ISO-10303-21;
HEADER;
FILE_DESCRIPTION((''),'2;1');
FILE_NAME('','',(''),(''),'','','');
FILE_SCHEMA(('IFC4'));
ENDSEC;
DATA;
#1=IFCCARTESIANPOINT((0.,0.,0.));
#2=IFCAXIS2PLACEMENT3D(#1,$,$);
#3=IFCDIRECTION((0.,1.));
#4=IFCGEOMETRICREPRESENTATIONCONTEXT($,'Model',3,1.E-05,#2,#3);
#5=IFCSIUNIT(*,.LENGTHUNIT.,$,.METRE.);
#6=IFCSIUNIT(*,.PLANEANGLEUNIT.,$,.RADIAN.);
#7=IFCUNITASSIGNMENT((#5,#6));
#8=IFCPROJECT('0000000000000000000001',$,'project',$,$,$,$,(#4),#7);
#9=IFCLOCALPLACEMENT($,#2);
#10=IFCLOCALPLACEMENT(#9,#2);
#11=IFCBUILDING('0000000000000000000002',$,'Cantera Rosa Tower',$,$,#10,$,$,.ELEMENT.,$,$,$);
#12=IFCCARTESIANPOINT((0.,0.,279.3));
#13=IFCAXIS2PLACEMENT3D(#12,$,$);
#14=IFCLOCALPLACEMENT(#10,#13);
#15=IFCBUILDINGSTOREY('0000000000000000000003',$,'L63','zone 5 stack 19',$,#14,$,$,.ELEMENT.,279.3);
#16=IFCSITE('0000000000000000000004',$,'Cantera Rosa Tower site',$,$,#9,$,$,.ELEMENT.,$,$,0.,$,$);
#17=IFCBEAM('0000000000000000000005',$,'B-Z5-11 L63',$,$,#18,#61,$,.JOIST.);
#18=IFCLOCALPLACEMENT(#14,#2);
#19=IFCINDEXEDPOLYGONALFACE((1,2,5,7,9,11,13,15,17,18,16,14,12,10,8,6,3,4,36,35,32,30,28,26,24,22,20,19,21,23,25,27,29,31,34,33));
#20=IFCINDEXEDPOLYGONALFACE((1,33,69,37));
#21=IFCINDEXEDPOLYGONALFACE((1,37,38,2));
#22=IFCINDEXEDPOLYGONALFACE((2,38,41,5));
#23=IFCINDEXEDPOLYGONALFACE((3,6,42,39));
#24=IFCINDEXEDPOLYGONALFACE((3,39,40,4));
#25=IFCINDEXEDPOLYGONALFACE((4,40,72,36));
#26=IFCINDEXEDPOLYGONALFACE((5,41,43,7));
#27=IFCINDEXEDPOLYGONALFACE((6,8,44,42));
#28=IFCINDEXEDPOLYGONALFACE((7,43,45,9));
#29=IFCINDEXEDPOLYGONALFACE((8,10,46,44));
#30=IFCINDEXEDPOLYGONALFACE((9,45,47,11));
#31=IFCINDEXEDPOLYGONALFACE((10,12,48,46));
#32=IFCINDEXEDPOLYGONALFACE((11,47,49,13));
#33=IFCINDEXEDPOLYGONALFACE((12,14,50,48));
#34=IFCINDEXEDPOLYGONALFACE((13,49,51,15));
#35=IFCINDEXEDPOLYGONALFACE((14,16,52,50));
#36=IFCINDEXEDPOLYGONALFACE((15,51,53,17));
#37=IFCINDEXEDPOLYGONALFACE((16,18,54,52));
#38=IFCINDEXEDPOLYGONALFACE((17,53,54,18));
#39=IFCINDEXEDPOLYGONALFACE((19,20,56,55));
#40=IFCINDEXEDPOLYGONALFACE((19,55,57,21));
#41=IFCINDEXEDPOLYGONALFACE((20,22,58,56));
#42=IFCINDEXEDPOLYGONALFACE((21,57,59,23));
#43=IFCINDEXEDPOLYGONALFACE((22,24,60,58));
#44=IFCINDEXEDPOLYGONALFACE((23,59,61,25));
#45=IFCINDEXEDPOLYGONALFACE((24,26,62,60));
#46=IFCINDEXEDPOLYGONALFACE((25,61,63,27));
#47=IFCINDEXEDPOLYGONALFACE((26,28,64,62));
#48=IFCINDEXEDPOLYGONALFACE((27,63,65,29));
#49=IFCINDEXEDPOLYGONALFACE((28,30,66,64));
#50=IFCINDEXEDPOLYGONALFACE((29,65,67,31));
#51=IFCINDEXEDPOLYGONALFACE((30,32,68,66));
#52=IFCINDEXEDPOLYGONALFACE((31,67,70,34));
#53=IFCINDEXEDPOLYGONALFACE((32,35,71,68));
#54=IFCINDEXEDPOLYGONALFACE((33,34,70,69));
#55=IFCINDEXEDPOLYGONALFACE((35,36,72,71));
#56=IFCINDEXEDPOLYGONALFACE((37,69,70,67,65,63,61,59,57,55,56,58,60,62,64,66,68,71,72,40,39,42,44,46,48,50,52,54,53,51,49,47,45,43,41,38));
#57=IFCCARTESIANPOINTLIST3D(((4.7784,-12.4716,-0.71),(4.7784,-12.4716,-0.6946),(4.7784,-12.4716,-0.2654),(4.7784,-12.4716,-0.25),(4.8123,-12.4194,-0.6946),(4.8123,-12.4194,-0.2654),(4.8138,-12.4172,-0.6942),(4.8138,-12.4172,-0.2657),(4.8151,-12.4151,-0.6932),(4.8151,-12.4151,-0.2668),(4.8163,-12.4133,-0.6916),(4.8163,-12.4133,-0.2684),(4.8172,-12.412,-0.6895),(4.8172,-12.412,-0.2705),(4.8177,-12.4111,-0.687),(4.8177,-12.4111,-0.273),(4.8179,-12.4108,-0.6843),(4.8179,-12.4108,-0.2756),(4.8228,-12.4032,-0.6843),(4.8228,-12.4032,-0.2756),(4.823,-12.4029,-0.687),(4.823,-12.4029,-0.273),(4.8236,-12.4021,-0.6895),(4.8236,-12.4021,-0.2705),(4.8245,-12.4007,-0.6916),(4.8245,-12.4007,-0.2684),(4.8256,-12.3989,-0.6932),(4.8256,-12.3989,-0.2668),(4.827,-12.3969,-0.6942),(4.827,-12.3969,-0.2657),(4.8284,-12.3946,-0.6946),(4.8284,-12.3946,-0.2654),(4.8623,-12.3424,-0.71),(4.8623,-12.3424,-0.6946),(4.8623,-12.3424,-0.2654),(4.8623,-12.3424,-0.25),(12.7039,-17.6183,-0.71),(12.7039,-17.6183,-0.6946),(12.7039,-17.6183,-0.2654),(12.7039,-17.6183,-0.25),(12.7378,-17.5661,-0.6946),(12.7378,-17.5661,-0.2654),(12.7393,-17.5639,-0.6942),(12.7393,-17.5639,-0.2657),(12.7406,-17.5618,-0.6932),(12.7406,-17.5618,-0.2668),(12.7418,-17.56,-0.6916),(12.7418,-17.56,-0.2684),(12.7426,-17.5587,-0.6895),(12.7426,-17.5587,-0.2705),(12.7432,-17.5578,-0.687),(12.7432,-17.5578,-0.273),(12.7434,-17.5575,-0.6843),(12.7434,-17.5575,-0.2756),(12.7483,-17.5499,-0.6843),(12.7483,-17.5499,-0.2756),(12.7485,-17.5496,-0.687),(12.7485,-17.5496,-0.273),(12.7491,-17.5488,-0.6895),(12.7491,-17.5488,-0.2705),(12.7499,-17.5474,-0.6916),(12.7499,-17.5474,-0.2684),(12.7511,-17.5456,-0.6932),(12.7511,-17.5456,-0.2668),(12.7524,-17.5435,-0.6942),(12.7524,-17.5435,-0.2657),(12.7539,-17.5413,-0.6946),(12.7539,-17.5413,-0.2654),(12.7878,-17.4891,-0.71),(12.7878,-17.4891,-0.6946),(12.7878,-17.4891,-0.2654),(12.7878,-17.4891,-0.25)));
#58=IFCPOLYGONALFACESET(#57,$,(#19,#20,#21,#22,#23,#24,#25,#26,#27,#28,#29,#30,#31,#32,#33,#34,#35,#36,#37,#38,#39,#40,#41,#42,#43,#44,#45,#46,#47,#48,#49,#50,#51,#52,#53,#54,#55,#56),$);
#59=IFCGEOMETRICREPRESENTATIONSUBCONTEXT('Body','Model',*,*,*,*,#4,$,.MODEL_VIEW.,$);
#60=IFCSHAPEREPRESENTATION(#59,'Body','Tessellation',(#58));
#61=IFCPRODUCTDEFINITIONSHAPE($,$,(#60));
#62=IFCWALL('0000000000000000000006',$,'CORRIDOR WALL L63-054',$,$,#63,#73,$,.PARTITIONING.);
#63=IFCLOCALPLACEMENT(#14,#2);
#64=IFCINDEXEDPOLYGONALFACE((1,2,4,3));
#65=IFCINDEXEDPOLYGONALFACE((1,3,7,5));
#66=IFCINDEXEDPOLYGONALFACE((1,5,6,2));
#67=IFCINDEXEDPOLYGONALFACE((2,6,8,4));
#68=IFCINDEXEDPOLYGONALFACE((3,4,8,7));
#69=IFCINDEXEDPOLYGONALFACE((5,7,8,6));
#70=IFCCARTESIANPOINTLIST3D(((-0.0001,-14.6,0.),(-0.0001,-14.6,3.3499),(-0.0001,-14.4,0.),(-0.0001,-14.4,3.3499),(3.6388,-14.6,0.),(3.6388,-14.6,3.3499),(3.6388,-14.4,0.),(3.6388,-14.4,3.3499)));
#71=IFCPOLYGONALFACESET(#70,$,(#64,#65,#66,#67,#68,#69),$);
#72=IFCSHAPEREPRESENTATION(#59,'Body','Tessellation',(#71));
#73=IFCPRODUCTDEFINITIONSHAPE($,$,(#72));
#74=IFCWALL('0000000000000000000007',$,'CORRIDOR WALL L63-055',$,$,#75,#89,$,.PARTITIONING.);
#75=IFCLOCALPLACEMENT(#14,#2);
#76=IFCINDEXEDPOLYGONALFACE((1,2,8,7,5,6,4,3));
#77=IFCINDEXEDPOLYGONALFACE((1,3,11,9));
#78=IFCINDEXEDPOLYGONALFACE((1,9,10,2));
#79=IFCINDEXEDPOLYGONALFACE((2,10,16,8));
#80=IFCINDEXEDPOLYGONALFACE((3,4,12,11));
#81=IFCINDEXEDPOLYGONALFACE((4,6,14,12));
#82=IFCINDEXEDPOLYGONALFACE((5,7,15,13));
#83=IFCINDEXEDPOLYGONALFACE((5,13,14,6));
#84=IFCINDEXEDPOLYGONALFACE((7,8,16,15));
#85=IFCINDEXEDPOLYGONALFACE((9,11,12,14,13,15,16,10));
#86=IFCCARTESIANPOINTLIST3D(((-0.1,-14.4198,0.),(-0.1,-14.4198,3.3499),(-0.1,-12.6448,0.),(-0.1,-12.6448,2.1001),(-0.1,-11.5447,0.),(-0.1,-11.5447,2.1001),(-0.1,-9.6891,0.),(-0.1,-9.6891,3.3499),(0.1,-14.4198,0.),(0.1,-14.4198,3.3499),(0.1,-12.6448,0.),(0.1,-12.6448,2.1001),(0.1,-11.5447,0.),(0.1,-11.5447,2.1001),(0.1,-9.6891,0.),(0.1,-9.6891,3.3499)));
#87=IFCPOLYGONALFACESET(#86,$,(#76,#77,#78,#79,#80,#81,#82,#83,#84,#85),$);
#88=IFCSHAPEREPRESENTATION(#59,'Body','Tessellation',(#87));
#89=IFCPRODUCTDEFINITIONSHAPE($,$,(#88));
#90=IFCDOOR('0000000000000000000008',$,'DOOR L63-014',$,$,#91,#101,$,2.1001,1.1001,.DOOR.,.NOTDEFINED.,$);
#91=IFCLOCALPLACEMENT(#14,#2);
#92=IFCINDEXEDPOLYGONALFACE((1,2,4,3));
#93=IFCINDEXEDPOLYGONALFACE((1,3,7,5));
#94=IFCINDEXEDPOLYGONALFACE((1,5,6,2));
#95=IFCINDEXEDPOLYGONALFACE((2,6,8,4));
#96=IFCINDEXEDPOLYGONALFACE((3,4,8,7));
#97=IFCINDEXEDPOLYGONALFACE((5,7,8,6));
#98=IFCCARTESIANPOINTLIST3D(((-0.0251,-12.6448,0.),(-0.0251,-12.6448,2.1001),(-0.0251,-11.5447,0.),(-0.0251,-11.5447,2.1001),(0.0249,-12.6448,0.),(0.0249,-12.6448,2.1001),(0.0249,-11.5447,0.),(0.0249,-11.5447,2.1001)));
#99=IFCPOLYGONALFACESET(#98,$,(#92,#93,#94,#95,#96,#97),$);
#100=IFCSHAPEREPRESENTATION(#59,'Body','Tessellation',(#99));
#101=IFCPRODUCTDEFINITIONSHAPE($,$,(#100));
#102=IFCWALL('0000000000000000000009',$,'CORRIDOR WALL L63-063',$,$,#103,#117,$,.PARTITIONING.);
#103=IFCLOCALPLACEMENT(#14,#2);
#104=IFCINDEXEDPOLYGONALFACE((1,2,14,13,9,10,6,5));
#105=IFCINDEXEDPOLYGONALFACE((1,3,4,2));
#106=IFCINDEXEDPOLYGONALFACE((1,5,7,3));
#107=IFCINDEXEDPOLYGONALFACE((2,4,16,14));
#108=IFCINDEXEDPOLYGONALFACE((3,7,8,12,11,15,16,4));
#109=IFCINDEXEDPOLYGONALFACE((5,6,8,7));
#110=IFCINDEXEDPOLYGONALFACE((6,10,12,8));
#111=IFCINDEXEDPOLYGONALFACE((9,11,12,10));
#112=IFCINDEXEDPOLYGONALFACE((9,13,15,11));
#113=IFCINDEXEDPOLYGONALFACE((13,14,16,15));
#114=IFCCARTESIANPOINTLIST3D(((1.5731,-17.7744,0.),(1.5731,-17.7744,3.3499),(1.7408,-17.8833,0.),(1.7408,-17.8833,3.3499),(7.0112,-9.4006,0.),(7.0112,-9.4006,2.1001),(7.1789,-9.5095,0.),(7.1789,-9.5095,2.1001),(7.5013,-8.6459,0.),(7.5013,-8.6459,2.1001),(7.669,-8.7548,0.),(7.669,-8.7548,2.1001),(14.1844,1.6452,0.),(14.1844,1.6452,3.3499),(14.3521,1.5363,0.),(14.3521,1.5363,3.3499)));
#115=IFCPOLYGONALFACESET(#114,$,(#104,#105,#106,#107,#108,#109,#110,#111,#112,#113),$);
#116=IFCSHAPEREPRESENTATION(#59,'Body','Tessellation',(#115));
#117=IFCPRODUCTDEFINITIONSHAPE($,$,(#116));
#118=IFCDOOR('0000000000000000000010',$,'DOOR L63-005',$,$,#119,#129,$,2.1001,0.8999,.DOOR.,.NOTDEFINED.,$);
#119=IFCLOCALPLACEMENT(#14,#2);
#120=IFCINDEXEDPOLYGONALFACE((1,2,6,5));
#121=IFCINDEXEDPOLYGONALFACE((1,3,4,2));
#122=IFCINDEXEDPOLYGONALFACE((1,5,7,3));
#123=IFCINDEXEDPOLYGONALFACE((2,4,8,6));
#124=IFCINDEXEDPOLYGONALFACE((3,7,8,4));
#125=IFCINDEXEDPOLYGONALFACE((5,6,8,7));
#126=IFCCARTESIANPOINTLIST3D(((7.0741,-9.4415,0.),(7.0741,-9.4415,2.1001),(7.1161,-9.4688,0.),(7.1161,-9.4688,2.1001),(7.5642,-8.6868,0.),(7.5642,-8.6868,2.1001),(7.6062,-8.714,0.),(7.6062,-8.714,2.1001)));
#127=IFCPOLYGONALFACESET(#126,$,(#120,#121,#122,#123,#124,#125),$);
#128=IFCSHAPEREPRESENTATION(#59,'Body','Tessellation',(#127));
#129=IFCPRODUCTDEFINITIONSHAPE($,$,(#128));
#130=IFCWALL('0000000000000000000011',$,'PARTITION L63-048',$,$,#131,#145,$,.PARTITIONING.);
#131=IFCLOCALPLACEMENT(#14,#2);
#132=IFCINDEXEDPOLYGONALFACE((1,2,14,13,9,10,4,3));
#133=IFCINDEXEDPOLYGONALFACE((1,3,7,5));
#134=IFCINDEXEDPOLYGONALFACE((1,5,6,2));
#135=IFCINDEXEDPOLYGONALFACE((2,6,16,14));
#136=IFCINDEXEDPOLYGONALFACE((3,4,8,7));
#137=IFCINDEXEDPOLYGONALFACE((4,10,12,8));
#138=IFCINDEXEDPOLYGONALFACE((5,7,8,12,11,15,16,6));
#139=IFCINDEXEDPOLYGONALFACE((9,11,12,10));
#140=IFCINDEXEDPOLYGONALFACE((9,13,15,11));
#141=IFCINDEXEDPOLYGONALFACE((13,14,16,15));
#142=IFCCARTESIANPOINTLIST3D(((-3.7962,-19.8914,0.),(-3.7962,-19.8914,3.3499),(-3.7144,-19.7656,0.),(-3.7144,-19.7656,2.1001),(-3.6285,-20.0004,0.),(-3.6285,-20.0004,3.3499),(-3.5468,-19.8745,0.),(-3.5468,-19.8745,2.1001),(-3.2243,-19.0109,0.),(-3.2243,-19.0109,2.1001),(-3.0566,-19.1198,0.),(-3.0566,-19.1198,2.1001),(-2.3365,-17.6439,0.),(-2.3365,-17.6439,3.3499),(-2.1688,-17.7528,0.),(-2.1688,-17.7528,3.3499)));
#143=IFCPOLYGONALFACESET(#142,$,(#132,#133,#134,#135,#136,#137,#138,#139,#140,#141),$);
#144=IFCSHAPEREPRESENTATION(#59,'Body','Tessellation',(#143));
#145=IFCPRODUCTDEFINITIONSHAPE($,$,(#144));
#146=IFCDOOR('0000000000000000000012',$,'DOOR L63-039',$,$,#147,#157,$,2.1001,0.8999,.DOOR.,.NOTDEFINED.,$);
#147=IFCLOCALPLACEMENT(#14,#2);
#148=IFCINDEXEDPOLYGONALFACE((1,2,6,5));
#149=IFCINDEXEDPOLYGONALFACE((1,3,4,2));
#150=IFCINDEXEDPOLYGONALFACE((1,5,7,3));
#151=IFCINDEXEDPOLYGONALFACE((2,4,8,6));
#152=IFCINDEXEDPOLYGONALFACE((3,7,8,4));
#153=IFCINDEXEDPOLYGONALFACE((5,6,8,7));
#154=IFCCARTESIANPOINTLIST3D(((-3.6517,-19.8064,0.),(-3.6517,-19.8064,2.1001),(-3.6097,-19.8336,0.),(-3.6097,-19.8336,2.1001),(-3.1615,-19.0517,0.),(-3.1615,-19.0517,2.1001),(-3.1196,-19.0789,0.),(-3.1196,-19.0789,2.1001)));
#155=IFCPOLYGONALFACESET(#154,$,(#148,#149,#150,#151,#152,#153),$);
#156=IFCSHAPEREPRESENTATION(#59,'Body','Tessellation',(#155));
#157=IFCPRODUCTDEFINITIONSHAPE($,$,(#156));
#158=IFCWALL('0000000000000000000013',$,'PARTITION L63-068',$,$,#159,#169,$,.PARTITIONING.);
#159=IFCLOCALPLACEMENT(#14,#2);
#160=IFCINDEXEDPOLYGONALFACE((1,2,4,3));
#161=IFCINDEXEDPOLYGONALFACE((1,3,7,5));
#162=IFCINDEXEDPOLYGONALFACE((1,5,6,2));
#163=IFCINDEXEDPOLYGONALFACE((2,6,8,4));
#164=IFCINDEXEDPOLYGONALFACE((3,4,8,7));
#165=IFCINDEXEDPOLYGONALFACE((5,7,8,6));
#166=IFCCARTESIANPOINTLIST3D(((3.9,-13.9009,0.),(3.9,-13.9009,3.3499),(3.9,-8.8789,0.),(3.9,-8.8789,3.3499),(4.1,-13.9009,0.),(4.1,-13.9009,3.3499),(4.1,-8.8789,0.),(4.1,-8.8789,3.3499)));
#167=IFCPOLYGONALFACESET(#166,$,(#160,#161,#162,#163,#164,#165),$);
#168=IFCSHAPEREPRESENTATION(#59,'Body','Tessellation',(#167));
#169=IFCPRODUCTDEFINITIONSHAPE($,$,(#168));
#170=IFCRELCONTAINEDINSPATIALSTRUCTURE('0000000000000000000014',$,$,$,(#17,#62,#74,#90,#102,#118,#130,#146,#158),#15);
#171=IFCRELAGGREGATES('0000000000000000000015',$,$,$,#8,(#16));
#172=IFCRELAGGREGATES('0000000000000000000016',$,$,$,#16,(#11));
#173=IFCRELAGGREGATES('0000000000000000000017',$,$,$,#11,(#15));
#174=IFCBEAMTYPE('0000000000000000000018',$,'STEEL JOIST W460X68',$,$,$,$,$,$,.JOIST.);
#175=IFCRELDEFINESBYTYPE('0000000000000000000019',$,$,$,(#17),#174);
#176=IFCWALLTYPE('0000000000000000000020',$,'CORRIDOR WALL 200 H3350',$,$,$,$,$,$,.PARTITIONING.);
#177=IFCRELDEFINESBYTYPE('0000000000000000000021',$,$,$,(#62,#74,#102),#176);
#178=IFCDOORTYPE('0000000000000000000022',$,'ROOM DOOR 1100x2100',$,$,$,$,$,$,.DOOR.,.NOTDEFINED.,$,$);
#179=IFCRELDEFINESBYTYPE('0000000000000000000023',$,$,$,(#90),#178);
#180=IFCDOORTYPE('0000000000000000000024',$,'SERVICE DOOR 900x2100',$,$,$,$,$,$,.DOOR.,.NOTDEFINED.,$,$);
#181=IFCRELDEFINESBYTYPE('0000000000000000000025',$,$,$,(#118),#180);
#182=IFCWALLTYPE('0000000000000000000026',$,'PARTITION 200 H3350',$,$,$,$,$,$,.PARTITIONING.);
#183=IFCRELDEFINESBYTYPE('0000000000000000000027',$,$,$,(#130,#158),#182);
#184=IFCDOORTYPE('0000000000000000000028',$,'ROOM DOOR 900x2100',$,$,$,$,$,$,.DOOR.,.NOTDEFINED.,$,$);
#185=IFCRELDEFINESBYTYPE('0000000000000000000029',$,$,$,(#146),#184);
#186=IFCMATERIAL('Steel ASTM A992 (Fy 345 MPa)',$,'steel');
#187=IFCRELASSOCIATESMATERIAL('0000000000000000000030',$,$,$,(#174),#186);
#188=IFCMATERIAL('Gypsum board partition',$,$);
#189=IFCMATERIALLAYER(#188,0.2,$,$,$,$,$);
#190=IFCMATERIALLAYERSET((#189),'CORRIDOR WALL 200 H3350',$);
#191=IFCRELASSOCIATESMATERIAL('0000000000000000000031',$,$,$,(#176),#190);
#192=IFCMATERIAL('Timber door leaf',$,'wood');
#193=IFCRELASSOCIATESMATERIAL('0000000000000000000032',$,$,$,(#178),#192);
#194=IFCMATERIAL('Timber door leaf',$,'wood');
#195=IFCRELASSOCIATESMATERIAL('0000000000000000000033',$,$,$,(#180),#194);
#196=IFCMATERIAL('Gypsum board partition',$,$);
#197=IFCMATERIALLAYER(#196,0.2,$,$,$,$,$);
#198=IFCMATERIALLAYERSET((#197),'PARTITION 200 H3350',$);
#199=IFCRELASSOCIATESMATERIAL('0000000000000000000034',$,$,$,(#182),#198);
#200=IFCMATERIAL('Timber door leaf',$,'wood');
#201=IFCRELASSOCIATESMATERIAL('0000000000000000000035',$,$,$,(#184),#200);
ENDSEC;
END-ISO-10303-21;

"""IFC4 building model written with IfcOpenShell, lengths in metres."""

from ifc_helpers import new_model, si_unit, direction, frame, frame_2d, origin, origin_2d, place, context, subcontext, project, spatial, rectangle, i_section, extrude, material, layer, layer_set, material_profile, profile_set, type_object, element, fill, save


model = new_model("IFC4")

# Units and contexts
model_context = context("Model", 3, precision=1e-05, world=origin(), true_north=direction((0.0, 1.0)))
body_context = subcontext(model_context, "Body", "Model", "MODEL_VIEW")
ifc_project = project(units=[si_unit("LENGTHUNIT", "METRE"), si_unit("PLANEANGLEUNIT", "RADIAN")], contexts=[model_context])

# Site, building, storey
site_placement = place(None, origin())
site = spatial("IfcSite", under=ifc_project, at=site_placement, Name="Cantera Rosa Tower site", CompositionType="ELEMENT", RefElevation=0.0)
building_placement = place(site_placement, origin())
building = spatial("IfcBuilding", under=site, at=building_placement, Name="Cantera Rosa Tower", CompositionType="ELEMENT")
storey_placement = place(building_placement, frame((0.0, 0.0, 279.3)))
storey = spatial("IfcBuildingStorey", under=building, at=storey_placement, Name="L63", Description="zone 5 stack 19", CompositionType="ELEMENT", Elevation=279.3)

# Beam
ifc_material_1 = material(Name="Steel ASTM A992 (Fy 345 MPa)", Category="steel")
ifc_material_profile_1 = material_profile(ifc_material_1, i_section(OverallWidth=0.1541, OverallDepth=0.46, WebThickness=0.009, FlangeThickness=0.0154, FilletRadius=0.0103, at=origin_2d()), Name="W460X68")
ifc_profile_set_1 = profile_set([ifc_material_profile_1], Name="Steel ASTM A992 (Fy 345 MPa)")
beam_type_1 = type_object("IfcBeamType", Name="STEEL JOIST W460X68", PredefinedType="JOIST", material=ifc_profile_set_1)
beam_1_placement = place(storey_placement, frame((12.7458, -17.5537, -0.48), z_axis=(-0.838679, 0.544626, 0.0), x_axis=(-0.544626, -0.838679, 0.0)))
element("IfcBeam", 1, at=beam_1_placement, inside=storey, type_object=beam_type_1, Name="B-Z5-11 L63", PredefinedType="JOIST", context=body_context, shape_type="SweptSolid", body=[
    extrude(i_section(OverallWidth=0.1541, OverallDepth=0.46, WebThickness=0.009, FlangeThickness=0.0154, FilletRadius=0.0103, at=origin_2d()), origin(), (0.0, 0.0, 1.0), 9.45),
])

# Wall
ifc_material_2 = material(Name="Gypsum board partition")
ifc_layer_1 = layer(ifc_material_2, 0.2)
ifc_layer_set_1 = layer_set([ifc_layer_1], Name="CORRIDOR WALL 200 H3350")
wall_type_1 = type_object("IfcWallType", Name="CORRIDOR WALL 200 H3350", PredefinedType="PARTITIONING", material=ifc_layer_set_1)
wall_1_placement = place(storey_placement, frame((0.0, -14.5, 0.0), z_axis=(0.0, 0.0, 1.0), x_axis=(1.0, 0.0, 0.0)))
element("IfcWall", 2, at=wall_1_placement, inside=storey, type_object=wall_type_1, Name="CORRIDOR WALL L63-054", PredefinedType="PARTITIONING", context=body_context, shape_type="SweptSolid", body=[
    extrude(rectangle(XDim=3.6389, YDim=0.2, at=frame_2d((1.8193, 0.0))), origin(), (0.0, 0.0, 1.0), 3.3499),
])

# Walls, openings, doors
wall_2_placement = place(storey_placement, frame((0.0, -9.6892, 0.0), z_axis=(0.0, 0.0, 1.0), x_axis=(0.0, -1.0, 0.0)))
wall_2 = element("IfcWall", 3, at=wall_2_placement, inside=storey, type_object=wall_type_1, Name="CORRIDOR WALL L63-055", PredefinedType="PARTITIONING", context=body_context, shape_type="SweptSolid", body=[
    extrude(rectangle(XDim=4.7307, YDim=0.2, at=frame_2d((2.3652, 0.0))), origin(), (0.0, 0.0, 1.0), 3.3499),
])
opening_1_placement = place(wall_2_placement, frame((1.8555, 0.0, 0.0)))
opening_1 = element("IfcOpeningElement", 4, at=opening_1_placement, cuts=wall_2, PredefinedType="OPENING", context=body_context, shape_type="SweptSolid", body=[
    extrude(rectangle(XDim=1.1001, YDim=2.1001, at=frame_2d((0.55, 1.05))), frame((0.0, 0.1099, 0.0), z_axis=(0.0, -1.0, 0.0), x_axis=(1.0, 0.0, 0.0)), (0.0, 0.0, 1.0), 0.22),
])
ifc_material_3 = material(Name="Timber door leaf", Category="wood")
door_type_1 = type_object("IfcDoorType", Name="ROOM DOOR 1100x2100", OperationType="NOTDEFINED", PredefinedType="DOOR", material=ifc_material_3)
door_1_placement = place(opening_1_placement, origin())
door_1 = element("IfcDoor", 5, at=door_1_placement, inside=storey, type_object=door_type_1, Name="DOOR L63-014", OperationType="NOTDEFINED", OverallHeight=2.1001, OverallWidth=1.1001, PredefinedType="DOOR", context=body_context, shape_type="SweptSolid", body=[
    extrude(rectangle(XDim=1.1001, YDim=2.1001, at=frame_2d((0.55, 1.05))), frame((0.0, 0.0249, 0.0), z_axis=(0.0, -1.0, 0.0), x_axis=(1.0, 0.0, 0.0)), (0.0, 0.0, 1.0), 0.05),
])
fill(opening_1, door_1)
wall_3_placement = place(storey_placement, frame((1.657, -17.8289, 0.0), z_axis=(0.0, 0.0, 1.0), x_axis=(0.54464, 0.83867, 0.0)))
wall_3 = element("IfcWall", 6, at=wall_3_placement, inside=storey, type_object=wall_type_1, Name="CORRIDOR WALL L63-063", PredefinedType="PARTITIONING", context=body_context, shape_type="SweptSolid", body=[
    extrude(rectangle(XDim=23.1553, YDim=0.2, at=frame_2d((11.5776, 0.0))), origin(), (0.0, 0.0, 1.0), 3.3499),
])
opening_2_placement = place(wall_3_placement, frame((9.9846, 0.0, 0.0)))
opening_2 = element("IfcOpeningElement", 7, at=opening_2_placement, cuts=wall_3, PredefinedType="OPENING", context=body_context, shape_type="SweptSolid", body=[
    extrude(rectangle(XDim=0.8999, YDim=2.1001, at=frame_2d((0.45, 1.05))), frame((0.0, 0.1099, 0.0), z_axis=(0.0, -1.0, 0.0), x_axis=(1.0, 0.0, 0.0)), (0.0, 0.0, 1.0), 0.22),
])
ifc_material_4 = material(Name="Timber door leaf", Category="wood")
door_type_2 = type_object("IfcDoorType", Name="SERVICE DOOR 900x2100", OperationType="NOTDEFINED", PredefinedType="DOOR", material=ifc_material_4)
door_2_placement = place(opening_2_placement, origin())
door_2 = element("IfcDoor", 8, at=door_2_placement, inside=storey, type_object=door_type_2, Name="DOOR L63-005", OperationType="NOTDEFINED", OverallHeight=2.1001, OverallWidth=0.8999, PredefinedType="DOOR", context=body_context, shape_type="SweptSolid", body=[
    extrude(rectangle(XDim=0.8999, YDim=2.1001, at=frame_2d((0.45, 1.05))), frame((0.0, 0.0249, 0.0), z_axis=(0.0, -1.0, 0.0), x_axis=(1.0, 0.0, 0.0)), (0.0, 0.0, 1.0), 0.05),
])
fill(opening_2, door_2)
ifc_material_5 = material(Name="Gypsum board partition")
ifc_layer_2 = layer(ifc_material_5, 0.2)
ifc_layer_set_2 = layer_set([ifc_layer_2], Name="PARTITION 200 H3350")
wall_type_2 = type_object("IfcWallType", Name="PARTITION 200 H3350", PredefinedType="PARTITIONING", material=ifc_layer_set_2)
wall_4_placement = place(storey_placement, frame((-2.2527, -17.6985, 0.0), z_axis=(0.0, 0.0, 1.0), x_axis=(-0.544675, -0.838648, 0.0)))
wall_4 = element("IfcWall", 9, at=wall_4_placement, inside=storey, type_object=wall_type_2, Name="PARTITION L63-048", PredefinedType="PARTITIONING", context=body_context, shape_type="SweptSolid", body=[
    extrude(rectangle(XDim=2.6799, YDim=0.2, at=frame_2d((1.3398, 0.0))), origin(), (0.0, 0.0, 1.0), 3.3499),
])
opening_3_placement = place(wall_4_placement, frame((1.6299, 0.0, 0.0)))
opening_3 = element("IfcOpeningElement", 10, at=opening_3_placement, cuts=wall_4, PredefinedType="OPENING", context=body_context, shape_type="SweptSolid", body=[
    extrude(rectangle(XDim=0.8999, YDim=2.1001, at=frame_2d((0.45, 1.05))), frame((0.0, 0.1099, 0.0), z_axis=(0.0, -1.0, 0.0), x_axis=(1.0, 0.0, 0.0)), (0.0, 0.0, 1.0), 0.22),
])
ifc_material_6 = material(Name="Timber door leaf", Category="wood")
door_type_3 = type_object("IfcDoorType", Name="ROOM DOOR 900x2100", OperationType="NOTDEFINED", PredefinedType="DOOR", material=ifc_material_6)
door_3_placement = place(opening_3_placement, origin())
door_3 = element("IfcDoor", 11, at=door_3_placement, inside=storey, type_object=door_type_3, Name="DOOR L63-039", OperationType="NOTDEFINED", OverallHeight=2.1001, OverallWidth=0.8999, PredefinedType="DOOR", context=body_context, shape_type="SweptSolid", body=[
    extrude(rectangle(XDim=0.8999, YDim=2.1001, at=frame_2d((0.45, 1.05))), frame((0.0, 0.0249, 0.0), z_axis=(0.0, -1.0, 0.0), x_axis=(1.0, 0.0, 0.0)), (0.0, 0.0, 1.0), 0.05),
])
fill(opening_3, door_3)

# Wall
wall_5_placement = place(storey_placement, frame((4.0, -13.9009, 0.0), z_axis=(0.0, 0.0, 1.0), x_axis=(0.0, 1.0, 0.0)))
element("IfcWall", 12, at=wall_5_placement, inside=storey, type_object=wall_type_2, Name="PARTITION L63-068", PredefinedType="PARTITIONING", context=body_context, shape_type="SweptSolid", body=[
    extrude(rectangle(XDim=5.022, YDim=0.2, at=frame_2d((2.511, 0.0))), origin(), (0.0, 0.0, 1.0), 3.3499),
])

save(model, "model.ifc")
